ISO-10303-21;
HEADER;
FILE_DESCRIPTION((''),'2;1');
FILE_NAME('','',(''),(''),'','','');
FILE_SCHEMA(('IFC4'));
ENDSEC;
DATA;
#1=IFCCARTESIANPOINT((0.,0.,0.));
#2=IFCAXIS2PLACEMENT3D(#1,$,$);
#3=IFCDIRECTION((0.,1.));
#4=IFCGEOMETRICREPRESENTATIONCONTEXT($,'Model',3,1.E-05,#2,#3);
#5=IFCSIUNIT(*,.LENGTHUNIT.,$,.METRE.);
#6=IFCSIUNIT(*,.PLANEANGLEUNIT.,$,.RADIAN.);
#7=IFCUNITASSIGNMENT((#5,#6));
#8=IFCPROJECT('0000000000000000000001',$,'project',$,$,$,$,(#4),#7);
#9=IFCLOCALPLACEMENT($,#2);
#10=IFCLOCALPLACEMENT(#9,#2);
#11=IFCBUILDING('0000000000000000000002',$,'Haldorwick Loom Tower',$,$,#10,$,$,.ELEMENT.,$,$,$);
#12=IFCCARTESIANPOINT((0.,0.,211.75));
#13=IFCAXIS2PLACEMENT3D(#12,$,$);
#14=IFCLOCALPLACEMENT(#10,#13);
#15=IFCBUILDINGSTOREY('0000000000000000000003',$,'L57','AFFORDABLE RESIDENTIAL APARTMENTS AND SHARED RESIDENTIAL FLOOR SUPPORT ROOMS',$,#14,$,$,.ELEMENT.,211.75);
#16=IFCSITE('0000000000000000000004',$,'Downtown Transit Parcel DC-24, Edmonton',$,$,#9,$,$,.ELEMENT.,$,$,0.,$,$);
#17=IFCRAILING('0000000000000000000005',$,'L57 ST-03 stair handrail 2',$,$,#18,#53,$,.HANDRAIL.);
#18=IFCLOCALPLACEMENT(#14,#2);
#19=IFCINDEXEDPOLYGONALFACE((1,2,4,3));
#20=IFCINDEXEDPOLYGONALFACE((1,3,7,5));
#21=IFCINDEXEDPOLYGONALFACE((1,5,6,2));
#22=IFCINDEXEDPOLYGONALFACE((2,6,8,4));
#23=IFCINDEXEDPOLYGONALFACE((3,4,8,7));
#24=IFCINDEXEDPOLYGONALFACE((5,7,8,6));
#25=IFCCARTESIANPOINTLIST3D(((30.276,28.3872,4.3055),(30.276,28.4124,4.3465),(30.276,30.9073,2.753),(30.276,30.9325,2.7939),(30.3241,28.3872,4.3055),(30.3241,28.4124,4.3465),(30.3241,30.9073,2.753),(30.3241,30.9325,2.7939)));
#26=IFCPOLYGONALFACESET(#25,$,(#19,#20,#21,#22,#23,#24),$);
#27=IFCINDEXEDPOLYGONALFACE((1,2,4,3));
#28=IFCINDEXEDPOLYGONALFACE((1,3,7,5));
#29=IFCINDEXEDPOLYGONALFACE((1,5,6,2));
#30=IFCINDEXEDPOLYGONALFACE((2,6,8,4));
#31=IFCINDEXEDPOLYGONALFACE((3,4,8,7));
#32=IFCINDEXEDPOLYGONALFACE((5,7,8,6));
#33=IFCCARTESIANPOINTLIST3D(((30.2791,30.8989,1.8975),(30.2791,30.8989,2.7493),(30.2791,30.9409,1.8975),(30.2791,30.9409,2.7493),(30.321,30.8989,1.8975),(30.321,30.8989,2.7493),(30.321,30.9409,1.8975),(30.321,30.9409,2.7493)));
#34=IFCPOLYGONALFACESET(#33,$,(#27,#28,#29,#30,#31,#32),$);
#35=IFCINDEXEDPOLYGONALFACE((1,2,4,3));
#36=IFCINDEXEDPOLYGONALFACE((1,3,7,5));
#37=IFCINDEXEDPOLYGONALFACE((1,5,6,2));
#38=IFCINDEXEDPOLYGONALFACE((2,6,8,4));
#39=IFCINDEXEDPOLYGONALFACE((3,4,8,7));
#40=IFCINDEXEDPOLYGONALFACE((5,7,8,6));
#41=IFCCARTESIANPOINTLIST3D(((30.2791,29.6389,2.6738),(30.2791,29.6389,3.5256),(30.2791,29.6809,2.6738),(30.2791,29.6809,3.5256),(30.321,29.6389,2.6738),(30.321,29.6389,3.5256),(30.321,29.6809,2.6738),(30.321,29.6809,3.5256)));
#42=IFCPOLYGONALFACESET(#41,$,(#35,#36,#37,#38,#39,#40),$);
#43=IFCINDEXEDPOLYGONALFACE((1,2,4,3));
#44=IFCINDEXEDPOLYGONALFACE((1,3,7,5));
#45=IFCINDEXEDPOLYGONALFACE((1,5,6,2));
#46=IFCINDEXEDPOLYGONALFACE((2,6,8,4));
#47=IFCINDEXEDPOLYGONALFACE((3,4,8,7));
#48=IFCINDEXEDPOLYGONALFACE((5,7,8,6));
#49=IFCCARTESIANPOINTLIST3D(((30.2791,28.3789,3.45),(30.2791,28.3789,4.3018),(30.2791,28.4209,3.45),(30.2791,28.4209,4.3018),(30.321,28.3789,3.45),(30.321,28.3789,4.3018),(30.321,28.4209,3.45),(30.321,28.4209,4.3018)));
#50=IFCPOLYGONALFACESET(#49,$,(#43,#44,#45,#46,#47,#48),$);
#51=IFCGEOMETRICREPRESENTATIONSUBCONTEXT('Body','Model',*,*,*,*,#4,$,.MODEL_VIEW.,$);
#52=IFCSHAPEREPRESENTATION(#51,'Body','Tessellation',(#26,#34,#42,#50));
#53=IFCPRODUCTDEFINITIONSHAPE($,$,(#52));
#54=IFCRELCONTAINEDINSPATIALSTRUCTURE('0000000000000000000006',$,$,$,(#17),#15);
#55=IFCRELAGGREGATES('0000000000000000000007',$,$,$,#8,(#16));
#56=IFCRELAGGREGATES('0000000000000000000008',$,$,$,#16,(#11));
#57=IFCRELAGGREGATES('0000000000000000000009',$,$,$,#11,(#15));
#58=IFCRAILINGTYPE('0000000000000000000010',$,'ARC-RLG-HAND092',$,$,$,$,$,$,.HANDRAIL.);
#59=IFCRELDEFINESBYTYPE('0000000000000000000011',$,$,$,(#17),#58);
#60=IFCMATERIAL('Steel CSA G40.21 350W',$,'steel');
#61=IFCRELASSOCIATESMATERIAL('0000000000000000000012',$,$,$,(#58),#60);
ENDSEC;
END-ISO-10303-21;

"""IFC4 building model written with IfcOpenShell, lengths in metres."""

from ifc_helpers import new_model, si_unit, direction, frame, origin, origin_2d, place, context, subcontext, project, spatial, rectangle, extrude, material, type_object, element, save


model = new_model("IFC4")

# Units and contexts
model_context = context("Model", 3, precision=1e-05, world=origin(), true_north=direction((0.0, 1.0)))
body_context = subcontext(model_context, "Body", "Model", "MODEL_VIEW")
ifc_project = project(units=[si_unit("LENGTHUNIT", "METRE"), si_unit("PLANEANGLEUNIT", "RADIAN")], contexts=[model_context])

# Site, building, storey
site_placement = place(None, origin())
site = spatial("IfcSite", under=ifc_project, at=site_placement, Name="Downtown Transit Parcel DC-24, Edmonton", CompositionType="ELEMENT", RefElevation=0.0)
building_placement = place(site_placement, origin())
building = spatial("IfcBuilding", under=site, at=building_placement, Name="Haldorwick Loom Tower", CompositionType="ELEMENT")
storey_placement = place(building_placement, frame((0.0, 0.0, 211.75)))
storey = spatial("IfcBuildingStorey", under=building, at=storey_placement, Name="L57", Description="AFFORDABLE RESIDENTIAL APARTMENTS AND SHARED RESIDENTIAL FLOOR SUPPORT ROOMS", CompositionType="ELEMENT", Elevation=211.75)

# Shared definitions
ifc_material_1 = material(Name="Steel CSA G40.21 350W", Category="steel")

# Railing
railing_type_1 = type_object("IfcRailingType", Name="ARC-RLG-HAND092", PredefinedType="HANDRAIL", material=ifc_material_1)
railing_1_placement = place(storey_placement, frame((30.3, 30.9199, 1.8975)))
element("IfcRailing", 1, at=railing_1_placement, inside=storey, type_object=railing_type_1, Name="L57 ST-03 stair handrail 2", PredefinedType="HANDRAIL", context=body_context, shape_type="SweptSolid", body=[
    extrude(rectangle(XDim=0.0481, YDim=0.0481, at=origin_2d()), frame((0.0, 0.0, 0.876), z_axis=(0.0, -0.8514, 0.524516), x_axis=(1.0, 0.0, 0.0)), (0.0, 0.0, 1.0), 2.96),
    extrude(rectangle(XDim=0.042, YDim=0.042, at=origin_2d()), origin(), (0.0, 0.0, 1.0), 0.8518),
    extrude(rectangle(XDim=0.042, YDim=0.042, at=origin_2d()), frame((0.0, -1.26, 0.7764)), (0.0, 0.0, 1.0), 0.8518),
    extrude(rectangle(XDim=0.042, YDim=0.042, at=origin_2d()), frame((0.0, -2.52, 1.5525)), (0.0, 0.0, 1.0), 0.8518),
])

save(model, "model.ifc")
